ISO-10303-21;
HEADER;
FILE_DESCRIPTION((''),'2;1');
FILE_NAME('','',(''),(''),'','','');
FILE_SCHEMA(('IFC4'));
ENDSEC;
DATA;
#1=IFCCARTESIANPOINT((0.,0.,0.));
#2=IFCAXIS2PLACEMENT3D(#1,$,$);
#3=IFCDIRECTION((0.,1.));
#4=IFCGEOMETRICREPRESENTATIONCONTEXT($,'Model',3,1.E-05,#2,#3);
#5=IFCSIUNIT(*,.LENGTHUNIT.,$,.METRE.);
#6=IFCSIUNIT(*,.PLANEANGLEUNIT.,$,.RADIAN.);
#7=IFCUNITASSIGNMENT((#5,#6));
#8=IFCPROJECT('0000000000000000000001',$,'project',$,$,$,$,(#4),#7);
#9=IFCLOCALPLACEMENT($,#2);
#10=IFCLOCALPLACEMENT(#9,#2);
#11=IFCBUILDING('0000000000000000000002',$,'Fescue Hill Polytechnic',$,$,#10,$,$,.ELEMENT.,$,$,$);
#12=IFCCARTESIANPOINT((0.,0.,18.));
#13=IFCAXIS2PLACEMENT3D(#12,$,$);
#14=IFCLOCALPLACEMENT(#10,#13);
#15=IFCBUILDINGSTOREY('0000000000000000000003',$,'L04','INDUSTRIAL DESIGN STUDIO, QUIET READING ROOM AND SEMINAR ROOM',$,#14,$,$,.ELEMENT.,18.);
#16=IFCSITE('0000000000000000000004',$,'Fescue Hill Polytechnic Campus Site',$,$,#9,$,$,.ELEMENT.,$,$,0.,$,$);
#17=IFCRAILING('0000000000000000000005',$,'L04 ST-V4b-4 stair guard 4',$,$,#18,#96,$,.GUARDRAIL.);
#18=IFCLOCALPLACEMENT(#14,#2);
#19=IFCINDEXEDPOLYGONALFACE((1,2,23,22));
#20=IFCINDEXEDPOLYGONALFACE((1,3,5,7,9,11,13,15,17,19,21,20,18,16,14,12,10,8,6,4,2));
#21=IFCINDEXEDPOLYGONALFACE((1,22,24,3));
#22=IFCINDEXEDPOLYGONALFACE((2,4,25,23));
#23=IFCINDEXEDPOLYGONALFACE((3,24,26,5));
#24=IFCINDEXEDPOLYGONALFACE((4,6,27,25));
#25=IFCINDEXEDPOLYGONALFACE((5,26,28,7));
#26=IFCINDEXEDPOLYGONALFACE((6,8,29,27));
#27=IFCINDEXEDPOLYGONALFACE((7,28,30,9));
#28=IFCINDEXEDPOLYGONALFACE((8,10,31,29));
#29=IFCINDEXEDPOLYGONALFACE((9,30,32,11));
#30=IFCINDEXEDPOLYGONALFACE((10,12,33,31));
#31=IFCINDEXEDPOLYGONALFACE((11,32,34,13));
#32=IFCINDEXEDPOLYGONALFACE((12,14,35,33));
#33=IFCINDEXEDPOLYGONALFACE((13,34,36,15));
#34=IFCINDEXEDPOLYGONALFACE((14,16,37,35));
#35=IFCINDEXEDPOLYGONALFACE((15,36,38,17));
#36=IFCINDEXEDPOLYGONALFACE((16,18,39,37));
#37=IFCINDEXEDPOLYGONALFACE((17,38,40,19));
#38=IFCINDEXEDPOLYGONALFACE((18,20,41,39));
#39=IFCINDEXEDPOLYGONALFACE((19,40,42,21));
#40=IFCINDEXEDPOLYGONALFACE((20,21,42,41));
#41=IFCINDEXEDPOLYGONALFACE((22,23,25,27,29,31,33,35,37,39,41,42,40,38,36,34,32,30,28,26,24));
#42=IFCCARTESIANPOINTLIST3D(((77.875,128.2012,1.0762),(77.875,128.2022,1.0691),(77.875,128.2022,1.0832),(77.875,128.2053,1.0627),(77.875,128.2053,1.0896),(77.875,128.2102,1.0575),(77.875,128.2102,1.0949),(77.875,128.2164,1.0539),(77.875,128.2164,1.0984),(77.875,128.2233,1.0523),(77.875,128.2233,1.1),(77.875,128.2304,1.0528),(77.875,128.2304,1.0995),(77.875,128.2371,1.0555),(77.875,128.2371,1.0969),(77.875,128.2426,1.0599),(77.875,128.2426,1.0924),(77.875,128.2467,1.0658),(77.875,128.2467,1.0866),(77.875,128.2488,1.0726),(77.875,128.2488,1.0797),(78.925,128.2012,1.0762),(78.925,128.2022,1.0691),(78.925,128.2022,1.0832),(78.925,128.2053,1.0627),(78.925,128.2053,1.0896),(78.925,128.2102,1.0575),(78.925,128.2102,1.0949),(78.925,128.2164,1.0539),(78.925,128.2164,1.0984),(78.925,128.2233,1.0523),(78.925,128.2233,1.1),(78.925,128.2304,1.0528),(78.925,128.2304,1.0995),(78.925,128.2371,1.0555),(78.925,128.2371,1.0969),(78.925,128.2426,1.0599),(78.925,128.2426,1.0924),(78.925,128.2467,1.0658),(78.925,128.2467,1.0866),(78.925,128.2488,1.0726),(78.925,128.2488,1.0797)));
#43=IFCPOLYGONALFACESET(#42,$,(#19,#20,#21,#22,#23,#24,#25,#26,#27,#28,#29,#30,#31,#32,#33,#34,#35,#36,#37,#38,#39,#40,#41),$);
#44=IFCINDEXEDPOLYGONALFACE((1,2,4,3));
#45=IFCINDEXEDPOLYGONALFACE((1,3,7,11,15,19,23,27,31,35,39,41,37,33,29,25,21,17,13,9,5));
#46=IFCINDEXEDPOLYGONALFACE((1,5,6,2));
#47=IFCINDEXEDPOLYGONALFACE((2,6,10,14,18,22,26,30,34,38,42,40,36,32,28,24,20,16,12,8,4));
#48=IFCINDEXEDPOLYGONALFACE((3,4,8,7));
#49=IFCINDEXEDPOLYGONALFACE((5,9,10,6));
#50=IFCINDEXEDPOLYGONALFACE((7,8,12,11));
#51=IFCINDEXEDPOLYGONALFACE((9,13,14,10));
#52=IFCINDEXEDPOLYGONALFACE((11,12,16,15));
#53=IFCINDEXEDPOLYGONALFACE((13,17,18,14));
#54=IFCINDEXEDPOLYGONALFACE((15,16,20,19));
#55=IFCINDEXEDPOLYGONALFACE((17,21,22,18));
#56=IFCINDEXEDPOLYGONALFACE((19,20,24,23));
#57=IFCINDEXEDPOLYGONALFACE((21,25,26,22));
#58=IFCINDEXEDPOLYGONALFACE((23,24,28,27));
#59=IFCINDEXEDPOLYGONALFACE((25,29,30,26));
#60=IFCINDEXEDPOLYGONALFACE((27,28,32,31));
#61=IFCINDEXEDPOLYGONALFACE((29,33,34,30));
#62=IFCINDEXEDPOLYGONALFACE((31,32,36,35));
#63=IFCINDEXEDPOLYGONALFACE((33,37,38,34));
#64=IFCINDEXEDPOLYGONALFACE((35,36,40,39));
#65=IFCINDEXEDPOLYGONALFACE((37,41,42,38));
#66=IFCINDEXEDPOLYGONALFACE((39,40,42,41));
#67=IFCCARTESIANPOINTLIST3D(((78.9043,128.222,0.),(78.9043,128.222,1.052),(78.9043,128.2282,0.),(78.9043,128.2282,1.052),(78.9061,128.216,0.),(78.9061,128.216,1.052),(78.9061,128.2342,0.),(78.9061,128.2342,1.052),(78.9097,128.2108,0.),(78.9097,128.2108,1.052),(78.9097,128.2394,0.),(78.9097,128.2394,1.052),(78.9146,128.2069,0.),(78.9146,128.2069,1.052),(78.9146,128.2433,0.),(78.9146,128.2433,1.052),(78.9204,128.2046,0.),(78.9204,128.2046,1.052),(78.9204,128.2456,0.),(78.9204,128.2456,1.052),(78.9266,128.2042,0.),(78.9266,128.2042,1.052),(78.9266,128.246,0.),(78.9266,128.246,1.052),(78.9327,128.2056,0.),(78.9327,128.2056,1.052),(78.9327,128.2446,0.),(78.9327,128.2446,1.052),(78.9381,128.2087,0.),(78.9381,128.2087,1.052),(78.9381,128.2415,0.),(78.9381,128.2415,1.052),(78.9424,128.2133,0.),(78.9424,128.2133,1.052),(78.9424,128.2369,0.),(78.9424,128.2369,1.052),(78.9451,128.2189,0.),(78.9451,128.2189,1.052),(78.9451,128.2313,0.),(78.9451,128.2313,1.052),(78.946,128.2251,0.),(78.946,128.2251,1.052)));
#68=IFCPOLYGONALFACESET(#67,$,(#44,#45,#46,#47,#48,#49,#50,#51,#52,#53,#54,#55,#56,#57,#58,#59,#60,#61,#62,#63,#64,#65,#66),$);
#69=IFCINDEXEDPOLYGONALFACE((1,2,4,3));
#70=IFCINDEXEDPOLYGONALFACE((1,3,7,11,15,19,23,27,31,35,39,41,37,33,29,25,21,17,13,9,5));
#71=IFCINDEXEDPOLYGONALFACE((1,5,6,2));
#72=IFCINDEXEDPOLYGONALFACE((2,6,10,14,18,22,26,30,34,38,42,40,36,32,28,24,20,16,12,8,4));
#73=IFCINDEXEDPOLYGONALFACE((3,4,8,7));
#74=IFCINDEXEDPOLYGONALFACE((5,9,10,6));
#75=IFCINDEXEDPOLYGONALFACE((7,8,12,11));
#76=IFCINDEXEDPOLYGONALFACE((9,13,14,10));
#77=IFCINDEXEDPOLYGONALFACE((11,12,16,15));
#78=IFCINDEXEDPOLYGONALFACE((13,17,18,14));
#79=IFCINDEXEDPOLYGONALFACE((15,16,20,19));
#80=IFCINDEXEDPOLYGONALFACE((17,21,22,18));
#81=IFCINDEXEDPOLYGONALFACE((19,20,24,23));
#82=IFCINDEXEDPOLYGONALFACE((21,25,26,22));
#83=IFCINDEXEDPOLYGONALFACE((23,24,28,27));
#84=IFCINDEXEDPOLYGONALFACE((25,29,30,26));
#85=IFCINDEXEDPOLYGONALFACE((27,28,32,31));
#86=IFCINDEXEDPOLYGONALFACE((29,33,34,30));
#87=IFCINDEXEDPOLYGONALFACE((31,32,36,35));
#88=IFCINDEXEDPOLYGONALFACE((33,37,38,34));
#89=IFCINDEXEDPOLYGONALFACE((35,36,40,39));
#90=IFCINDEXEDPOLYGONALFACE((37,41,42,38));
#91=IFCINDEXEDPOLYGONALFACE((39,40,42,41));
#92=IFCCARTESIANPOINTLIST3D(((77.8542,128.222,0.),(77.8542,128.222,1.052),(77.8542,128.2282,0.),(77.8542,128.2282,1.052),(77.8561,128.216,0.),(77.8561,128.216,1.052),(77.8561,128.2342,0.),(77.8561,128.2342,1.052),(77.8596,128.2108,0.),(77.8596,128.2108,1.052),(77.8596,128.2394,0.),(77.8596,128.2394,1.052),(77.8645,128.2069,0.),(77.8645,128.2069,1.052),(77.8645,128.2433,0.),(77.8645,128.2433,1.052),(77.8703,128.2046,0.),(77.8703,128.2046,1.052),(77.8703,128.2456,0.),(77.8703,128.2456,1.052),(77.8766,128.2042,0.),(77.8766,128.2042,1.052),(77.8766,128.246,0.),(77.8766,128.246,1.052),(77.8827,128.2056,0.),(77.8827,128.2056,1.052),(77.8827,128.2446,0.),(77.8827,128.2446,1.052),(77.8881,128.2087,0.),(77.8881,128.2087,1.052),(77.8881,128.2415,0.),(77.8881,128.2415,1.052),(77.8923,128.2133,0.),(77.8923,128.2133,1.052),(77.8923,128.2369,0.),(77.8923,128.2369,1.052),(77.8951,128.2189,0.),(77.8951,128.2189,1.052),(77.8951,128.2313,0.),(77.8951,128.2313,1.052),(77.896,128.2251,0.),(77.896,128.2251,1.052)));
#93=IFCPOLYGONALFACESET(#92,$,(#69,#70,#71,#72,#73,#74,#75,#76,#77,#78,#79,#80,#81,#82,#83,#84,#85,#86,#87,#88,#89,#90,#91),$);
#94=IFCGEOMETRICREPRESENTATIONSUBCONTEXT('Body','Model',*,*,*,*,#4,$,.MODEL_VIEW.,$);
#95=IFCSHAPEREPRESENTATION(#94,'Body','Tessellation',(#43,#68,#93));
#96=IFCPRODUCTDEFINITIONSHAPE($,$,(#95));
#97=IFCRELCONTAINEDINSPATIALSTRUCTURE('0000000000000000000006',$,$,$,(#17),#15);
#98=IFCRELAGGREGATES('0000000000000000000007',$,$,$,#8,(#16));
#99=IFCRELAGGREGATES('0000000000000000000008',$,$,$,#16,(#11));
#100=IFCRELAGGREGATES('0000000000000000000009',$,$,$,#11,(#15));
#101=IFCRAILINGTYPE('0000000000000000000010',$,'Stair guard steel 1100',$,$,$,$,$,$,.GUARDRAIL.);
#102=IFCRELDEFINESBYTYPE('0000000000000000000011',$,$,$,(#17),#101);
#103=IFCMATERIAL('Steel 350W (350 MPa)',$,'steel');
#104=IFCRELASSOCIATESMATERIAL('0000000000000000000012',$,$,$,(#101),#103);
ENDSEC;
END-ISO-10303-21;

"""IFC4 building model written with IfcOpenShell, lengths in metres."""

from ifc_helpers import new_model, si_unit, direction, frame, origin, origin_2d, place, context, subcontext, project, spatial, circle, extrude, material, type_object, element, save


model = new_model("IFC4")

# Units and contexts
model_context = context("Model", 3, precision=1e-05, world=origin(), true_north=direction((0.0, 1.0)))
body_context = subcontext(model_context, "Body", "Model", "MODEL_VIEW")
ifc_project = project(units=[si_unit("LENGTHUNIT", "METRE"), si_unit("PLANEANGLEUNIT", "RADIAN")], contexts=[model_context])

# Site, building, storey
site_placement = place(None, origin())
site = spatial("IfcSite", under=ifc_project, at=site_placement, Name="Fescue Hill Polytechnic Campus Site", CompositionType="ELEMENT", RefElevation=0.0)
building_placement = place(site_placement, origin())
building = spatial("IfcBuilding", under=site, at=building_placement, Name="Fescue Hill Polytechnic", CompositionType="ELEMENT")
storey_placement = place(building_placement, frame((0.0, 0.0, 18.0)))
storey = spatial("IfcBuildingStorey", under=building, at=storey_placement, Name="L04", Description="INDUSTRIAL DESIGN STUDIO, QUIET READING ROOM AND SEMINAR ROOM", CompositionType="ELEMENT", Elevation=18.0)

# Railing
ifc_material_1 = material(Name="Steel 350W (350 MPa)", Category="steel")
railing_type_1 = type_object("IfcRailingType", Name="Stair guard steel 1100", PredefinedType="GUARDRAIL", material=ifc_material_1)
railing_1_placement = place(storey_placement, frame((78.925, 128.2251, 0.0)))
element("IfcRailing", 1, at=railing_1_placement, inside=storey, type_object=railing_type_1, Name="L04 ST-V4b-4 stair guard 4", PredefinedType="GUARDRAIL", context=body_context, shape_type="SweptSolid", body=[
    extrude(circle(Radius=0.0239, at=origin_2d()), frame((0.0, 0.0, 1.0762), z_axis=(-1.0, 0.0, 0.0), x_axis=(0.0, -1.0, 0.0)), (0.0, 0.0, 1.0), 1.05),
    extrude(circle(Radius=0.021, at=origin_2d()), origin(), (0.0, 0.0, 1.0), 1.052),
    extrude(circle(Radius=0.021, at=origin_2d()), frame((-1.05, 0.0, 0.0)), (0.0, 0.0, 1.0), 1.052),
])

save(model, "model.ifc")
